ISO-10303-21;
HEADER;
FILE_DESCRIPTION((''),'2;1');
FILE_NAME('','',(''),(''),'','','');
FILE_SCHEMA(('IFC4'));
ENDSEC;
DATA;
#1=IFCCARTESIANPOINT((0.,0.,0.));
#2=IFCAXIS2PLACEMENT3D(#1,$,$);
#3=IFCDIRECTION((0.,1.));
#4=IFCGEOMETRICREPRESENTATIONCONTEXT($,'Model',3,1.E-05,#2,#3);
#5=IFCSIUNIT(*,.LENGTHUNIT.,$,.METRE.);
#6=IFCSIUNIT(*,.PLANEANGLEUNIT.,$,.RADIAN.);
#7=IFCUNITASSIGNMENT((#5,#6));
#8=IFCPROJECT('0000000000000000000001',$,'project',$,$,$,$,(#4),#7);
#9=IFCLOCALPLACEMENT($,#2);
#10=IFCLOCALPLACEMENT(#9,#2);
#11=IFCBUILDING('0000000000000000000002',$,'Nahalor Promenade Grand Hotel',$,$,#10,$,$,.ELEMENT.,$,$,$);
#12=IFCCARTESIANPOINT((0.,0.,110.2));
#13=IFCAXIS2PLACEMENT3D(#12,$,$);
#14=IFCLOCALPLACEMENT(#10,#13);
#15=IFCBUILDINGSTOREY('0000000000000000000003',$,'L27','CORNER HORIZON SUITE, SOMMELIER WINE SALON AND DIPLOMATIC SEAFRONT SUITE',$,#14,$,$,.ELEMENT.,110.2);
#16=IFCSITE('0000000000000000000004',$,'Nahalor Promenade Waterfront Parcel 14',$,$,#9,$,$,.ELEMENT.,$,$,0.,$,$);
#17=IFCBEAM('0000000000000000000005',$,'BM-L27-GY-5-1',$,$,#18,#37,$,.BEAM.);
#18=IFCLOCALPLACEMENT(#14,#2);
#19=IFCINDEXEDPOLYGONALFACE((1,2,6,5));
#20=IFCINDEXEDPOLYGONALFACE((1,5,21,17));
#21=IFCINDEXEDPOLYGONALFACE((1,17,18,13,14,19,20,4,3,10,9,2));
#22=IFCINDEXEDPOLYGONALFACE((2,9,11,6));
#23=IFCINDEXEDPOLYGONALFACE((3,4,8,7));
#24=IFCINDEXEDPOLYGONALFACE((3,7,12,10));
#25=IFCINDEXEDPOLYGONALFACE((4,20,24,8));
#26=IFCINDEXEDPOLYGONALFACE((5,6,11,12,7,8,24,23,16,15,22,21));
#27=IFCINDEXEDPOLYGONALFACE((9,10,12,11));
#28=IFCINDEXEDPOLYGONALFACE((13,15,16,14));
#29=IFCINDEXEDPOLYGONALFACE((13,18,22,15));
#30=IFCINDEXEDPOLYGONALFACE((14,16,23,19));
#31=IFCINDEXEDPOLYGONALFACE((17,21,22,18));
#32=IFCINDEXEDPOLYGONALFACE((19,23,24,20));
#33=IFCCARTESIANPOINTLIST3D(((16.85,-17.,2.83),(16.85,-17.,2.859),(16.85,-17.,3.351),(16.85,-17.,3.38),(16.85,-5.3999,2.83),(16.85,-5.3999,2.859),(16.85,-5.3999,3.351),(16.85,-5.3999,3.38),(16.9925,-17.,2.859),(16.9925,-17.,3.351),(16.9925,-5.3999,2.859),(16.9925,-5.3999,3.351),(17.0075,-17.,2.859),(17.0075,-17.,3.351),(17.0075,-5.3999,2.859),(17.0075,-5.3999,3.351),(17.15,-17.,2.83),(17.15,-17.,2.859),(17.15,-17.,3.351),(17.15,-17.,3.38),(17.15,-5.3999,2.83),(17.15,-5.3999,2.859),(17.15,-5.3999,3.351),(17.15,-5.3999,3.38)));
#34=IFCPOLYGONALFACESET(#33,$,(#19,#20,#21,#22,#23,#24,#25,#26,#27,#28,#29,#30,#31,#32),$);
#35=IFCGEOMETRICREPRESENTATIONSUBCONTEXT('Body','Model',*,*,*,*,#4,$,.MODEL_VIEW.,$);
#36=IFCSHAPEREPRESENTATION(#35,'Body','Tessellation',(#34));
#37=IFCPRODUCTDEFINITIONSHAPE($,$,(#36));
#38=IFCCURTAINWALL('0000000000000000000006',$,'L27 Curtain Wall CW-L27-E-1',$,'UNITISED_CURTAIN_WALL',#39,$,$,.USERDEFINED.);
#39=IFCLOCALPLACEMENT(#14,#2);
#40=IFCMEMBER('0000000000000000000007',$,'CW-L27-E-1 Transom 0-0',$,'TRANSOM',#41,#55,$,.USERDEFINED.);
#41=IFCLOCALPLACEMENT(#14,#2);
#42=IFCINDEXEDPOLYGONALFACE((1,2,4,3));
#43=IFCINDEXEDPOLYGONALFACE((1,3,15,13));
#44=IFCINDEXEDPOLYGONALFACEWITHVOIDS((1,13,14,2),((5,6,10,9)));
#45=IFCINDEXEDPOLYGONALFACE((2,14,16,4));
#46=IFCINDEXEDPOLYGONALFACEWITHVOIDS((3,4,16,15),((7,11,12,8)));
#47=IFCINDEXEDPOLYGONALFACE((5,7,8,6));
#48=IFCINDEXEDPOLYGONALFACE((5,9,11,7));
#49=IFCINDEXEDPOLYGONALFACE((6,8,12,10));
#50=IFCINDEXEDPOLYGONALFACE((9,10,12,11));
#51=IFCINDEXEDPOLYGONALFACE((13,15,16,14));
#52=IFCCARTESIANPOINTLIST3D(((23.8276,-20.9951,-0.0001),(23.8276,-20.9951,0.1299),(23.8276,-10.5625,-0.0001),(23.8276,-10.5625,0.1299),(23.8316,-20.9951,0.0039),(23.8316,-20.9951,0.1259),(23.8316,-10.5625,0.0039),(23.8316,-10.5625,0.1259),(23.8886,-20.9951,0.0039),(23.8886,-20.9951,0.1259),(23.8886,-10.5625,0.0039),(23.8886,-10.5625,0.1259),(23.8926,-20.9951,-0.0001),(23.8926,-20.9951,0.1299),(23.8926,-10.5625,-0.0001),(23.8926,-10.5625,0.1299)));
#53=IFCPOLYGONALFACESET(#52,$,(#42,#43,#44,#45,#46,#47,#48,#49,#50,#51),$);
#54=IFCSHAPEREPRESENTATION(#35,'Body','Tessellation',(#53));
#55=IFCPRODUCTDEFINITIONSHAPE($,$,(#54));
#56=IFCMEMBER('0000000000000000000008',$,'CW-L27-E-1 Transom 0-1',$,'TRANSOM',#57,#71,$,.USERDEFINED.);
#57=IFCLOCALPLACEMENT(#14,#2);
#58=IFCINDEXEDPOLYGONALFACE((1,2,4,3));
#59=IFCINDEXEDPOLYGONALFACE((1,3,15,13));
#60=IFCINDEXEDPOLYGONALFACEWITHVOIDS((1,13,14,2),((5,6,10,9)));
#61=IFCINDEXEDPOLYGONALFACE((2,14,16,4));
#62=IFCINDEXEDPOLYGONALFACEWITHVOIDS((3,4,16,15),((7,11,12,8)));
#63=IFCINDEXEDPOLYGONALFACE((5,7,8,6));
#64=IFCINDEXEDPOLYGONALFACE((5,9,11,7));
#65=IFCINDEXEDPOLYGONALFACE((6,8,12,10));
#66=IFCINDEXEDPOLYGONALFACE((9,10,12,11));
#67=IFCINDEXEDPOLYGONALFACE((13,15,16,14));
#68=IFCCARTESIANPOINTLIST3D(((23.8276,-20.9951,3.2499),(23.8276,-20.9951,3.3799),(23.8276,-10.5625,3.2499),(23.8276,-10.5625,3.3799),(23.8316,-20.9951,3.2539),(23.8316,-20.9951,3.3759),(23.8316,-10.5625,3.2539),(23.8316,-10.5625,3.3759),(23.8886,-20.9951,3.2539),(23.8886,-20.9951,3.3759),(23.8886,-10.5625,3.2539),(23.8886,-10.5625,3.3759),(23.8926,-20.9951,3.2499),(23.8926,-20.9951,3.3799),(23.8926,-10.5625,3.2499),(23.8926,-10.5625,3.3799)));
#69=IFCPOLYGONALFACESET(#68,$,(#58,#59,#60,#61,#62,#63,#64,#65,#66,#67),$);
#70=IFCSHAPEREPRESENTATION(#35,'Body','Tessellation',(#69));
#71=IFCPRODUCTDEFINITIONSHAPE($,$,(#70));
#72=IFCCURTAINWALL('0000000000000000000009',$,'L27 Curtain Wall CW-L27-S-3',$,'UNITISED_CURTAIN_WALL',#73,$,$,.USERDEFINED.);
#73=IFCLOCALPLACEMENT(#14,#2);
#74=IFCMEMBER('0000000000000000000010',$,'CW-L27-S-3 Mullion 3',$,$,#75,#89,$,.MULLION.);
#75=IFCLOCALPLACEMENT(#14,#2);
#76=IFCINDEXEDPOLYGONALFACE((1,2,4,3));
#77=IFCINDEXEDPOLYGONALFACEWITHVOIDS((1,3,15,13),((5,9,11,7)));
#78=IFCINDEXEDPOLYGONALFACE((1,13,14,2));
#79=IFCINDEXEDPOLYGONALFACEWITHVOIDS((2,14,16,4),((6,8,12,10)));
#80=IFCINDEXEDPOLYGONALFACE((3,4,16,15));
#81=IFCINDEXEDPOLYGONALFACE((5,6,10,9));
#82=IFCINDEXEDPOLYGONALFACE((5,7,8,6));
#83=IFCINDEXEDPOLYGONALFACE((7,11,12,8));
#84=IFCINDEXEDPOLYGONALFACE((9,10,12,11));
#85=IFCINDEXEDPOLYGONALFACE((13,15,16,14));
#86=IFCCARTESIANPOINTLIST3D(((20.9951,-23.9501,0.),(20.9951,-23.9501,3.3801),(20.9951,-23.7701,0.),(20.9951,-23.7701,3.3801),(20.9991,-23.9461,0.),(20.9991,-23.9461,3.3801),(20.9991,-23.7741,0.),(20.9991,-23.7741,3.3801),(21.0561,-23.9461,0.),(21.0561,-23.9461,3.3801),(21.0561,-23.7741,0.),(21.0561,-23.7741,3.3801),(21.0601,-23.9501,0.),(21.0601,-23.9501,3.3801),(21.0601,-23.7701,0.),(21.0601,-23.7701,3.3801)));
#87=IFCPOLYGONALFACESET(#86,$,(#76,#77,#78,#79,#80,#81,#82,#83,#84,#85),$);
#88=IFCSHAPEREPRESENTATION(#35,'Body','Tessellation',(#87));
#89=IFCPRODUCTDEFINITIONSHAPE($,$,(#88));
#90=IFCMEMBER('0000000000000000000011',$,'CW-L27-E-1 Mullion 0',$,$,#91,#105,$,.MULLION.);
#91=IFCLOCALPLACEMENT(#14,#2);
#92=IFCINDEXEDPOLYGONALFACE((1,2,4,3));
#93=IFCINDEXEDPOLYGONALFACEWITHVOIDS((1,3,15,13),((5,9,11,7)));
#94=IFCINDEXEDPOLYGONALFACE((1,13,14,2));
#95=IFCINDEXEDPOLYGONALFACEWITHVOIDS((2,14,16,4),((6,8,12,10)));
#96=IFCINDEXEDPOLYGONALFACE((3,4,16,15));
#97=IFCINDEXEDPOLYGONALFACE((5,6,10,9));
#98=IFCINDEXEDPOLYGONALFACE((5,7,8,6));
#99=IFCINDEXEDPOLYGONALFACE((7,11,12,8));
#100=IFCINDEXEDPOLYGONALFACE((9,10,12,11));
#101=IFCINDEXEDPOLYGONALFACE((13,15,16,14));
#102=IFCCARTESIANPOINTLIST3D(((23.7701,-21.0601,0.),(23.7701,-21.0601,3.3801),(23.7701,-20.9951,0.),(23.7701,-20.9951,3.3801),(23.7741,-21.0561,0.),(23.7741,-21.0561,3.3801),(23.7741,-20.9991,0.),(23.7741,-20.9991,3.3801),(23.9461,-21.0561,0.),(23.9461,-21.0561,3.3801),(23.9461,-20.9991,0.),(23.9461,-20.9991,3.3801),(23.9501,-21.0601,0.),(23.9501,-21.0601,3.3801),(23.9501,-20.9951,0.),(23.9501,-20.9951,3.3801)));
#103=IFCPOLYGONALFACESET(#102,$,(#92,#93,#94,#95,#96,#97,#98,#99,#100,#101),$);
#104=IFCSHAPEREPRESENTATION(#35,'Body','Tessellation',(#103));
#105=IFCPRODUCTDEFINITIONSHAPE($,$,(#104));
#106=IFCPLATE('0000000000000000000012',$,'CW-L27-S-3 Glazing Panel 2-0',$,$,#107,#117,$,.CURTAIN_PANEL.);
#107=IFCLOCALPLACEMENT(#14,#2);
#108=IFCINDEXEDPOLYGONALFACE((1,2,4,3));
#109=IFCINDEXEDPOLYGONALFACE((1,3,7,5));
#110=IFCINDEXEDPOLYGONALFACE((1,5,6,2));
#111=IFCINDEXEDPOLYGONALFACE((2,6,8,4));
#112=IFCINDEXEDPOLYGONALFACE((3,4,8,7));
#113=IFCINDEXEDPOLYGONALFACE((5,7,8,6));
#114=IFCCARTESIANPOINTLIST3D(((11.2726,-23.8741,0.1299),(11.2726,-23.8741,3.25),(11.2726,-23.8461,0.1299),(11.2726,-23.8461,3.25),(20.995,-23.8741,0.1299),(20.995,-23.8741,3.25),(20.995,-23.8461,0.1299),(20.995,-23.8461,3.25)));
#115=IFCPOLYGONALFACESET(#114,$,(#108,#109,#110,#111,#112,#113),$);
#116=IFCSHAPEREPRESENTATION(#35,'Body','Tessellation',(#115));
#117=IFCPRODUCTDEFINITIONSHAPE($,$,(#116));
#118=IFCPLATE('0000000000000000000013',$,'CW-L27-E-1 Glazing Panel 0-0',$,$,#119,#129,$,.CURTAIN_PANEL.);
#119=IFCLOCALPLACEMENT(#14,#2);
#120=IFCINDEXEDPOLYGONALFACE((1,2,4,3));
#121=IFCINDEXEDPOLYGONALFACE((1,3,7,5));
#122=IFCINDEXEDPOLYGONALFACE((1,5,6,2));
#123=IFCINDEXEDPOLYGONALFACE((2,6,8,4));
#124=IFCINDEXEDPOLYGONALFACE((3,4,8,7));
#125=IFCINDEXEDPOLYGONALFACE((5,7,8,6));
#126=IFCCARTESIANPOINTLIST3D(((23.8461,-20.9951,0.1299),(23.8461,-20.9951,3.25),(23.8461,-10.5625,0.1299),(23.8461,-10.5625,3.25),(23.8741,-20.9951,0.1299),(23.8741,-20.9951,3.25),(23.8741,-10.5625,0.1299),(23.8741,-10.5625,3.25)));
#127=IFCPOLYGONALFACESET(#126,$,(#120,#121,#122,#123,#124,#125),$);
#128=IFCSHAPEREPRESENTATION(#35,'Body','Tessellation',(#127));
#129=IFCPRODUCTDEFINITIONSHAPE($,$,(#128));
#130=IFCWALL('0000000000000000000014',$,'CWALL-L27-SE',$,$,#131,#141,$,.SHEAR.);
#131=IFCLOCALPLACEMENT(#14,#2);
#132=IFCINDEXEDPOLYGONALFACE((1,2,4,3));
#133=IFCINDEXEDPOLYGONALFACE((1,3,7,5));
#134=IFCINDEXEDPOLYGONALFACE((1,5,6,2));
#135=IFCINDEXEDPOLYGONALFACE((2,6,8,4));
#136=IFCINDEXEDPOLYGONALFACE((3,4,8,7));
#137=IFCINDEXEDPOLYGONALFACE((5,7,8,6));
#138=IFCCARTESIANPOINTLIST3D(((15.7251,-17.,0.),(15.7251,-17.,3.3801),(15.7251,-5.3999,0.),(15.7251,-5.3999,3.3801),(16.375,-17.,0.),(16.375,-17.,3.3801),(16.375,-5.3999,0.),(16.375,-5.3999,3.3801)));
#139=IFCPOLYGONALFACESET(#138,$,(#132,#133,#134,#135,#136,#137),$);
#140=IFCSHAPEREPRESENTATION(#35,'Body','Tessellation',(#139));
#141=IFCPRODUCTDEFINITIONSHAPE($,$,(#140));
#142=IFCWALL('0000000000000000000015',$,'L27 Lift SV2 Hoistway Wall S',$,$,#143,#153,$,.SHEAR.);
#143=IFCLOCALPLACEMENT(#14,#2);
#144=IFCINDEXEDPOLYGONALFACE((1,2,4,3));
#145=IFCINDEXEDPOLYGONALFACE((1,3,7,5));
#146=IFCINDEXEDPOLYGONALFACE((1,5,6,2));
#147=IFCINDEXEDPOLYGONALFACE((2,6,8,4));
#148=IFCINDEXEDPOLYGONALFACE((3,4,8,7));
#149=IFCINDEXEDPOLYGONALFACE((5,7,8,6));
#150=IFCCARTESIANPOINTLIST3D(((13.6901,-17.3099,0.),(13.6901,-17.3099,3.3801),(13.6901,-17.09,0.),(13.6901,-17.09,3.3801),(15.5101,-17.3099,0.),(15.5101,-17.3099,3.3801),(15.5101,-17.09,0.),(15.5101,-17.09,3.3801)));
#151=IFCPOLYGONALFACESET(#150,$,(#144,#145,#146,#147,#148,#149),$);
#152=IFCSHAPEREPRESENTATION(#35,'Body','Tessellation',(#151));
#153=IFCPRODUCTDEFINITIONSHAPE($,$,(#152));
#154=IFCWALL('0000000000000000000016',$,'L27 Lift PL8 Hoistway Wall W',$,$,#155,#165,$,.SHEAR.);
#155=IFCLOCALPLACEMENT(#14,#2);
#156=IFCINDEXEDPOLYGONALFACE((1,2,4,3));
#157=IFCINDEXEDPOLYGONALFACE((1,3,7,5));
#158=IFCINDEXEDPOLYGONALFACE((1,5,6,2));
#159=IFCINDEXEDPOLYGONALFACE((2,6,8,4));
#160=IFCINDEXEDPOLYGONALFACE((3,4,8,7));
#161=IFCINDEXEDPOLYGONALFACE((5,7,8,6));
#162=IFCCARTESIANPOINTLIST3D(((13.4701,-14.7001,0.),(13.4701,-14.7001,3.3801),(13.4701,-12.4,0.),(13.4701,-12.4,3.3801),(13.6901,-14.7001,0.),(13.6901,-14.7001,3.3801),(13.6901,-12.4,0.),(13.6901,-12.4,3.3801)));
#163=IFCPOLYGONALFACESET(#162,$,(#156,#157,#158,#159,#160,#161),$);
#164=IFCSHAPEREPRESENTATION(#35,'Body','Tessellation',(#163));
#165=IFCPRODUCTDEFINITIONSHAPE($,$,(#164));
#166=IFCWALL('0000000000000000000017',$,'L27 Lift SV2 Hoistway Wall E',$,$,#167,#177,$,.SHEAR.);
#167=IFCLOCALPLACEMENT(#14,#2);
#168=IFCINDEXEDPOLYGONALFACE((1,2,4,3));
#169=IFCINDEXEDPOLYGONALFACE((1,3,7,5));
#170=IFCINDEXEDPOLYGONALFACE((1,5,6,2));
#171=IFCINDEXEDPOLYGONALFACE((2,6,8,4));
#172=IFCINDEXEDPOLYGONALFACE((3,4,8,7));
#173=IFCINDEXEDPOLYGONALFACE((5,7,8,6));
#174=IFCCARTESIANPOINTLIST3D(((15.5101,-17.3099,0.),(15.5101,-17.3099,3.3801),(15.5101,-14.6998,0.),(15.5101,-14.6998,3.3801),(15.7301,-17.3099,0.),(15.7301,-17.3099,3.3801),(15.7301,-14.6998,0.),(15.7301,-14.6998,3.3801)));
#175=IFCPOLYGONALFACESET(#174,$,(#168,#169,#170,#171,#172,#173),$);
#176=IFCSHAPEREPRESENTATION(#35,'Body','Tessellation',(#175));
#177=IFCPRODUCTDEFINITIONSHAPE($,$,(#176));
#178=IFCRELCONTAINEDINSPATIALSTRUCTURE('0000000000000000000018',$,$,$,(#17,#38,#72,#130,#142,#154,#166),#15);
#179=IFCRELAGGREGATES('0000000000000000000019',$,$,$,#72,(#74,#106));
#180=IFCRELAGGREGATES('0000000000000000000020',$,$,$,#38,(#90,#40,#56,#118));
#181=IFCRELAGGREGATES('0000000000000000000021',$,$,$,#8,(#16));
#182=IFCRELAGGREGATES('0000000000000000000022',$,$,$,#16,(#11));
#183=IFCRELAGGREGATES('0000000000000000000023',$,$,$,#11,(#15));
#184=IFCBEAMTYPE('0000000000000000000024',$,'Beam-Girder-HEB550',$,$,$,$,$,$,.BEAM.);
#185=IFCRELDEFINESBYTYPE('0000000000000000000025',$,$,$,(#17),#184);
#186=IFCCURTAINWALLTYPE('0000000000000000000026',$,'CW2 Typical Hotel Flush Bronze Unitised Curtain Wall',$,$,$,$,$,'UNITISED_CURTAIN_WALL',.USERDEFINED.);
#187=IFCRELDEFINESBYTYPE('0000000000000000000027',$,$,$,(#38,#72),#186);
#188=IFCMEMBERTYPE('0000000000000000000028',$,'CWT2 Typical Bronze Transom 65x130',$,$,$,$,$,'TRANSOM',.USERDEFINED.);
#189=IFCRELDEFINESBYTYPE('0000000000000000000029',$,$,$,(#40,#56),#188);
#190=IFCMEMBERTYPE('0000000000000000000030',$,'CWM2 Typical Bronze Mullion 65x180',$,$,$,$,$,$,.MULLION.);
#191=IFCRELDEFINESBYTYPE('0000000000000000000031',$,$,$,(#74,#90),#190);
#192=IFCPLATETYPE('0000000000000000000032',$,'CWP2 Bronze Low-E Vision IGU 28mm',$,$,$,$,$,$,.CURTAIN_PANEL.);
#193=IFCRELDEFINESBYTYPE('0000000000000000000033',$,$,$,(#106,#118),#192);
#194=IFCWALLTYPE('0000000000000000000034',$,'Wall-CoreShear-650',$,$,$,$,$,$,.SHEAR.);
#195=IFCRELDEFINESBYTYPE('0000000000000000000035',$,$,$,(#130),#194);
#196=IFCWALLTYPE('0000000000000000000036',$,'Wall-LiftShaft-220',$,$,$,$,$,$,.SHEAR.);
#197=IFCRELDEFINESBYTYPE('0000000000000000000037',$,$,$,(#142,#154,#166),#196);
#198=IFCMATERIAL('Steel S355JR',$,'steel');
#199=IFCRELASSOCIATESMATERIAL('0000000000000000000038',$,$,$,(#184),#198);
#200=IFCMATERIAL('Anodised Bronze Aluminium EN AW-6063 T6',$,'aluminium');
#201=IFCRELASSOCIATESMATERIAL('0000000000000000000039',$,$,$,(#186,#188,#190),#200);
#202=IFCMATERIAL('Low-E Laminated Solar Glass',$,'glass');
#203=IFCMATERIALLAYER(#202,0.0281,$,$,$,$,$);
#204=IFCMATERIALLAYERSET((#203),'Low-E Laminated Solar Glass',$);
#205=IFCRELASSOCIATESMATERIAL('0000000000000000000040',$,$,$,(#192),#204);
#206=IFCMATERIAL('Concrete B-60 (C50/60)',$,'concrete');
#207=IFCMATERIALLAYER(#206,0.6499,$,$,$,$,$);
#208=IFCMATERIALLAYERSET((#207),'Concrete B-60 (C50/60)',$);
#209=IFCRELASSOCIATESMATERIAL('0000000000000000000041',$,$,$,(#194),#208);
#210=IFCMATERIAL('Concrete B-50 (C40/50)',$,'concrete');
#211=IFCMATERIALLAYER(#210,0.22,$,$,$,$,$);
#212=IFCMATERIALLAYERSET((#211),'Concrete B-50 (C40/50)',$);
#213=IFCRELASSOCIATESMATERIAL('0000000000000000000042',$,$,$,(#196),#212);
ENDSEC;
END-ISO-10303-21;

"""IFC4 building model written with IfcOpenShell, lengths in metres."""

from ifc_helpers import new_model, si_unit, direction, frame, frame_2d, origin, origin_2d, place, context, subcontext, project, spatial, rectangle, hollow_rectangle, i_section, extrude, source, transform, mapped, material, layer, layer_set, material_profile, profile_set, type_object, element, aggregate, save


model = new_model("IFC4")

# Units and contexts
model_context = context("Model", 3, precision=1e-05, world=origin(), true_north=direction((0.0, 1.0)))
body_context = subcontext(model_context, "Body", "Model", "MODEL_VIEW")
ifc_project = project(units=[si_unit("LENGTHUNIT", "METRE"), si_unit("PLANEANGLEUNIT", "RADIAN")], contexts=[model_context])

# Site, building, storey
site_placement = place(None, origin())
site = spatial("IfcSite", under=ifc_project, at=site_placement, Name="Nahalor Promenade Waterfront Parcel 14", CompositionType="ELEMENT", RefElevation=0.0)
building_placement = place(site_placement, origin())
building = spatial("IfcBuilding", under=site, at=building_placement, Name="Nahalor Promenade Grand Hotel", CompositionType="ELEMENT")
storey_placement = place(building_placement, frame((0.0, 0.0, 110.2)))
storey = spatial("IfcBuildingStorey", under=building, at=storey_placement, Name="L27", Description="CORNER HORIZON SUITE, SOMMELIER WINE SALON AND DIPLOMATIC SEAFRONT SUITE", CompositionType="ELEMENT", Elevation=110.2)

# Shared definitions
ifc_material_1 = material(Name="Concrete B-60 (C50/60)", Category="concrete")

# Beam
ifc_material_2 = material(Name="Steel S355JR", Category="steel")
ifc_material_profile_1 = material_profile(ifc_material_2, i_section(OverallWidth=0.3, OverallDepth=0.55, WebThickness=0.015, FlangeThickness=0.029, at=origin_2d()), Name="HEB 550")
ifc_profile_set_1 = profile_set([ifc_material_profile_1], Name="Steel S355JR")
beam_type_1 = type_object("IfcBeamType", Name="Beam-Girder-HEB550", PredefinedType="BEAM", material=ifc_profile_set_1)
shared_shape_1 = source(origin(), body_context, "Body", "SweptSolid", [
    extrude(i_section(OverallWidth=0.3, OverallDepth=0.55, WebThickness=0.015, FlangeThickness=0.029, at=origin_2d()), origin(), (0.0, 0.0, 1.0), 11.6001),
])
beam_1_placement = place(storey_placement, frame((17.0, -17.0, 3.105), z_axis=(0.0, 1.0, 0.0), x_axis=(-1.0, 0.0, 0.0)))
element("IfcBeam", 1, at=beam_1_placement, inside=storey, type_object=beam_type_1, Name="BM-L27-GY-5-1", PredefinedType="BEAM", context=body_context, shape_type="MappedRepresentation", body=[
    mapped(shared_shape_1, transform((0.0, 0.0, 0.0), scale=1.0)),
])

# Curtain wall, members
ifc_material_3 = material(Name="Anodised Bronze Aluminium EN AW-6063 T6", Category="aluminium")
curtain_wall_type = type_object("IfcCurtainWallType", Name="CW2 Typical Hotel Flush Bronze Unitised Curtain Wall", ElementType="UNITISED_CURTAIN_WALL", PredefinedType="USERDEFINED", material=ifc_material_3)
curtain_wall_1_placement = place(storey_placement, origin())
curtain_wall_1 = element("IfcCurtainWall", 2, at=curtain_wall_1_placement, inside=storey, type_object=curtain_wall_type, Name="L27 Curtain Wall CW-L27-E-1", ObjectType="UNITISED_CURTAIN_WALL", PredefinedType="USERDEFINED")
ifc_material_profile_2 = material_profile(ifc_material_3, hollow_rectangle(XDim=0.065, YDim=0.13, WallThickness=0.004, at=origin_2d()), Name="CWT 65x130x4")
ifc_profile_set_2 = profile_set([ifc_material_profile_2], Name="Anodised Bronze Aluminium EN AW-6063 T6")
member_type_1 = type_object("IfcMemberType", Name="CWT2 Typical Bronze Transom 65x130", ElementType="TRANSOM", PredefinedType="USERDEFINED", material=ifc_profile_set_2)
shared_shape_2 = source(origin(), body_context, "Body", "SweptSolid", [
    extrude(hollow_rectangle(XDim=0.065, YDim=0.13, WallThickness=0.004, at=origin_2d()), origin(), (0.0, 0.0, 1.0), 10.4326),
])
member_1_placement = place(storey_placement, frame((23.8601, -20.9951, 0.0649), z_axis=(0.0, 1.0, 0.0), x_axis=(-1.0, 0.0, 0.0)))
member_1 = element("IfcMember", 3, at=member_1_placement, type_object=member_type_1, Name="CW-L27-E-1 Transom 0-0", ObjectType="TRANSOM", PredefinedType="USERDEFINED", context=body_context, shape_type="MappedRepresentation", body=[
    mapped(shared_shape_2, transform((0.0, 0.0, 0.0), scale=1.0)),
])
member_2_placement = place(storey_placement, frame((23.8601, -20.9951, 3.3149), z_axis=(0.0, 1.0, 0.0), x_axis=(-1.0, 0.0, 0.0)))
member_2 = element("IfcMember", 4, at=member_2_placement, type_object=member_type_1, Name="CW-L27-E-1 Transom 0-1", ObjectType="TRANSOM", PredefinedType="USERDEFINED", context=body_context, shape_type="MappedRepresentation", body=[
    mapped(shared_shape_2, transform((0.0, 0.0, 0.0), scale=1.0)),
])

# Curtain wall, member
curtain_wall_2_placement = place(storey_placement, origin())
curtain_wall_2 = element("IfcCurtainWall", 5, at=curtain_wall_2_placement, inside=storey, type_object=curtain_wall_type, Name="L27 Curtain Wall CW-L27-S-3", ObjectType="UNITISED_CURTAIN_WALL", PredefinedType="USERDEFINED")
ifc_material_profile_3 = material_profile(ifc_material_3, hollow_rectangle(XDim=0.065, YDim=0.18, WallThickness=0.004, at=origin_2d()), Name="CWM 65x180x4")
ifc_profile_set_3 = profile_set([ifc_material_profile_3], Name="Anodised Bronze Aluminium EN AW-6063 T6")
member_type_2 = type_object("IfcMemberType", Name="CWM2 Typical Bronze Mullion 65x180", PredefinedType="MULLION", material=ifc_profile_set_3)
shared_shape_3 = source(origin(), body_context, "Body", "SweptSolid", [
    extrude(hollow_rectangle(XDim=0.065, YDim=0.18, WallThickness=0.004, at=origin_2d()), origin(), (0.0, 0.0, 1.0), 3.3801),
])
member_3_placement = place(storey_placement, frame((21.0276, -23.8601, 0.0), z_axis=(0.0, 0.0, 1.0), x_axis=(1.0, 0.0, 0.0)))
member_3 = element("IfcMember", 6, at=member_3_placement, type_object=member_type_2, Name="CW-L27-S-3 Mullion 3", PredefinedType="MULLION", context=body_context, shape_type="MappedRepresentation", body=[
    mapped(shared_shape_3, transform((0.0, 0.0, 0.0), scale=1.0)),
])

# Member
member_4_placement = place(storey_placement, frame((23.8601, -21.0276, 0.0), z_axis=(0.0, 0.0, 1.0), x_axis=(0.0, 1.0, 0.0)))
member_4 = element("IfcMember", 7, at=member_4_placement, type_object=member_type_2, Name="CW-L27-E-1 Mullion 0", PredefinedType="MULLION", context=body_context, shape_type="MappedRepresentation", body=[
    mapped(shared_shape_3, transform((0.0, 0.0, 0.0), scale=1.0)),
])

# Plates
ifc_material_4 = material(Name="Low-E Laminated Solar Glass", Category="glass")
ifc_layer_1 = layer(ifc_material_4, 0.0281)
ifc_layer_set_1 = layer_set([ifc_layer_1], Name="Low-E Laminated Solar Glass")
plate_type = type_object("IfcPlateType", Name="CWP2 Bronze Low-E Vision IGU 28mm", PredefinedType="CURTAIN_PANEL", material=ifc_layer_set_1)
shared_shape_4 = source(origin(), body_context, "Body", "SweptSolid", [
    extrude(rectangle(XDim=9.7224, YDim=0.0281, at=origin_2d()), origin(), (0.0, 0.0, 1.0), 3.1201),
])
plate_1_placement = place(storey_placement, frame((16.1338, -23.8601, 0.1299), z_axis=(0.0, 0.0, 1.0), x_axis=(1.0, 0.0, 0.0)))
plate_1 = element("IfcPlate", 8, at=plate_1_placement, type_object=plate_type, Name="CW-L27-S-3 Glazing Panel 2-0", PredefinedType="CURTAIN_PANEL", context=body_context, shape_type="MappedRepresentation", body=[
    mapped(shared_shape_4, transform((0.0, 0.0, 0.0), scale=1.0)),
])
aggregate(curtain_wall_2, [member_3, plate_1])
shared_shape_5 = source(origin(), body_context, "Body", "SweptSolid", [
    extrude(rectangle(XDim=10.4326, YDim=0.0281, at=origin_2d()), origin(), (0.0, 0.0, 1.0), 3.1201),
])
plate_2_placement = place(storey_placement, frame((23.8601, -15.7788, 0.1299), z_axis=(0.0, 0.0, 1.0), x_axis=(0.0, 1.0, 0.0)))
plate_2 = element("IfcPlate", 9, at=plate_2_placement, type_object=plate_type, Name="CW-L27-E-1 Glazing Panel 0-0", PredefinedType="CURTAIN_PANEL", context=body_context, shape_type="MappedRepresentation", body=[
    mapped(shared_shape_5, transform((0.0, 0.0, 0.0), scale=1.0)),
])
aggregate(curtain_wall_1, [member_4, member_1, member_2, plate_2])

# Walls
ifc_layer_2 = layer(ifc_material_1, 0.6499)
ifc_layer_set_2 = layer_set([ifc_layer_2], Name="Concrete B-60 (C50/60)")
wall_type_1 = type_object("IfcWallType", Name="Wall-CoreShear-650", PredefinedType="SHEAR", material=ifc_layer_set_2)
shared_shape_6 = source(origin(), body_context, "Body", "SweptSolid", [
    extrude(rectangle(XDim=11.6001, YDim=0.6499, at=frame_2d((5.8, 0.0))), origin(), (0.0, 0.0, 1.0), 3.3801),
])
wall_1_placement = place(storey_placement, frame((16.05, -17.0, 0.0), z_axis=(0.0, 0.0, 1.0), x_axis=(0.0, 1.0, 0.0)))
element("IfcWall", 10, at=wall_1_placement, inside=storey, type_object=wall_type_1, Name="CWALL-L27-SE", PredefinedType="SHEAR", context=body_context, shape_type="MappedRepresentation", body=[
    mapped(shared_shape_6, transform((0.0, 0.0, 0.0), scale=1.0)),
])
ifc_material_5 = material(Name="Concrete B-50 (C40/50)", Category="concrete")
ifc_layer_3 = layer(ifc_material_5, 0.22)
ifc_layer_set_3 = layer_set([ifc_layer_3], Name="Concrete B-50 (C40/50)")
wall_type_2 = type_object("IfcWallType", Name="Wall-LiftShaft-220", PredefinedType="SHEAR", material=ifc_layer_set_3)
shared_shape_7 = source(origin(), body_context, "Body", "SweptSolid", [
    extrude(rectangle(XDim=1.8201, YDim=0.22, at=frame_2d((0.9102, 0.0))), origin(), (0.0, 0.0, 1.0), 3.3801),
])
wall_2_placement = place(storey_placement, frame((13.6899, -17.2, 0.0), z_axis=(0.0, 0.0, 1.0), x_axis=(1.0, 0.0, 0.0)))
element("IfcWall", 11, at=wall_2_placement, inside=storey, type_object=wall_type_2, Name="L27 Lift SV2 Hoistway Wall S", PredefinedType="SHEAR", context=body_context, shape_type="MappedRepresentation", body=[
    mapped(shared_shape_7, transform((0.0, 0.0, 0.0), scale=1.0)),
])
shared_shape_8 = source(origin(), body_context, "Body", "SweptSolid", [
    extrude(rectangle(XDim=2.3, YDim=0.22, at=frame_2d((1.1499, 0.0))), origin(), (0.0, 0.0, 1.0), 3.3801),
])
wall_3_placement = place(storey_placement, frame((13.5801, -14.7, 0.0), z_axis=(0.0, 0.0, 1.0), x_axis=(0.0, 1.0, 0.0)))
element("IfcWall", 12, at=wall_3_placement, inside=storey, type_object=wall_type_2, Name="L27 Lift PL8 Hoistway Wall W", PredefinedType="SHEAR", context=body_context, shape_type="MappedRepresentation", body=[
    mapped(shared_shape_8, transform((0.0, 0.0, 0.0), scale=1.0)),
])
shared_shape_9 = source(origin(), body_context, "Body", "SweptSolid", [
    extrude(rectangle(XDim=2.6101, YDim=0.22, at=frame_2d((1.3052, 0.0))), origin(), (0.0, 0.0, 1.0), 3.3801),
])
wall_4_placement = place(storey_placement, frame((15.6201, -17.3101, 0.0), z_axis=(0.0, 0.0, 1.0), x_axis=(0.0, 1.0, 0.0)))
element("IfcWall", 13, at=wall_4_placement, inside=storey, type_object=wall_type_2, Name="L27 Lift SV2 Hoistway Wall E", PredefinedType="SHEAR", context=body_context, shape_type="MappedRepresentation", body=[
    mapped(shared_shape_9, transform((0.0, 0.0, 0.0), scale=1.0)),
])

save(model, "model.ifc")
